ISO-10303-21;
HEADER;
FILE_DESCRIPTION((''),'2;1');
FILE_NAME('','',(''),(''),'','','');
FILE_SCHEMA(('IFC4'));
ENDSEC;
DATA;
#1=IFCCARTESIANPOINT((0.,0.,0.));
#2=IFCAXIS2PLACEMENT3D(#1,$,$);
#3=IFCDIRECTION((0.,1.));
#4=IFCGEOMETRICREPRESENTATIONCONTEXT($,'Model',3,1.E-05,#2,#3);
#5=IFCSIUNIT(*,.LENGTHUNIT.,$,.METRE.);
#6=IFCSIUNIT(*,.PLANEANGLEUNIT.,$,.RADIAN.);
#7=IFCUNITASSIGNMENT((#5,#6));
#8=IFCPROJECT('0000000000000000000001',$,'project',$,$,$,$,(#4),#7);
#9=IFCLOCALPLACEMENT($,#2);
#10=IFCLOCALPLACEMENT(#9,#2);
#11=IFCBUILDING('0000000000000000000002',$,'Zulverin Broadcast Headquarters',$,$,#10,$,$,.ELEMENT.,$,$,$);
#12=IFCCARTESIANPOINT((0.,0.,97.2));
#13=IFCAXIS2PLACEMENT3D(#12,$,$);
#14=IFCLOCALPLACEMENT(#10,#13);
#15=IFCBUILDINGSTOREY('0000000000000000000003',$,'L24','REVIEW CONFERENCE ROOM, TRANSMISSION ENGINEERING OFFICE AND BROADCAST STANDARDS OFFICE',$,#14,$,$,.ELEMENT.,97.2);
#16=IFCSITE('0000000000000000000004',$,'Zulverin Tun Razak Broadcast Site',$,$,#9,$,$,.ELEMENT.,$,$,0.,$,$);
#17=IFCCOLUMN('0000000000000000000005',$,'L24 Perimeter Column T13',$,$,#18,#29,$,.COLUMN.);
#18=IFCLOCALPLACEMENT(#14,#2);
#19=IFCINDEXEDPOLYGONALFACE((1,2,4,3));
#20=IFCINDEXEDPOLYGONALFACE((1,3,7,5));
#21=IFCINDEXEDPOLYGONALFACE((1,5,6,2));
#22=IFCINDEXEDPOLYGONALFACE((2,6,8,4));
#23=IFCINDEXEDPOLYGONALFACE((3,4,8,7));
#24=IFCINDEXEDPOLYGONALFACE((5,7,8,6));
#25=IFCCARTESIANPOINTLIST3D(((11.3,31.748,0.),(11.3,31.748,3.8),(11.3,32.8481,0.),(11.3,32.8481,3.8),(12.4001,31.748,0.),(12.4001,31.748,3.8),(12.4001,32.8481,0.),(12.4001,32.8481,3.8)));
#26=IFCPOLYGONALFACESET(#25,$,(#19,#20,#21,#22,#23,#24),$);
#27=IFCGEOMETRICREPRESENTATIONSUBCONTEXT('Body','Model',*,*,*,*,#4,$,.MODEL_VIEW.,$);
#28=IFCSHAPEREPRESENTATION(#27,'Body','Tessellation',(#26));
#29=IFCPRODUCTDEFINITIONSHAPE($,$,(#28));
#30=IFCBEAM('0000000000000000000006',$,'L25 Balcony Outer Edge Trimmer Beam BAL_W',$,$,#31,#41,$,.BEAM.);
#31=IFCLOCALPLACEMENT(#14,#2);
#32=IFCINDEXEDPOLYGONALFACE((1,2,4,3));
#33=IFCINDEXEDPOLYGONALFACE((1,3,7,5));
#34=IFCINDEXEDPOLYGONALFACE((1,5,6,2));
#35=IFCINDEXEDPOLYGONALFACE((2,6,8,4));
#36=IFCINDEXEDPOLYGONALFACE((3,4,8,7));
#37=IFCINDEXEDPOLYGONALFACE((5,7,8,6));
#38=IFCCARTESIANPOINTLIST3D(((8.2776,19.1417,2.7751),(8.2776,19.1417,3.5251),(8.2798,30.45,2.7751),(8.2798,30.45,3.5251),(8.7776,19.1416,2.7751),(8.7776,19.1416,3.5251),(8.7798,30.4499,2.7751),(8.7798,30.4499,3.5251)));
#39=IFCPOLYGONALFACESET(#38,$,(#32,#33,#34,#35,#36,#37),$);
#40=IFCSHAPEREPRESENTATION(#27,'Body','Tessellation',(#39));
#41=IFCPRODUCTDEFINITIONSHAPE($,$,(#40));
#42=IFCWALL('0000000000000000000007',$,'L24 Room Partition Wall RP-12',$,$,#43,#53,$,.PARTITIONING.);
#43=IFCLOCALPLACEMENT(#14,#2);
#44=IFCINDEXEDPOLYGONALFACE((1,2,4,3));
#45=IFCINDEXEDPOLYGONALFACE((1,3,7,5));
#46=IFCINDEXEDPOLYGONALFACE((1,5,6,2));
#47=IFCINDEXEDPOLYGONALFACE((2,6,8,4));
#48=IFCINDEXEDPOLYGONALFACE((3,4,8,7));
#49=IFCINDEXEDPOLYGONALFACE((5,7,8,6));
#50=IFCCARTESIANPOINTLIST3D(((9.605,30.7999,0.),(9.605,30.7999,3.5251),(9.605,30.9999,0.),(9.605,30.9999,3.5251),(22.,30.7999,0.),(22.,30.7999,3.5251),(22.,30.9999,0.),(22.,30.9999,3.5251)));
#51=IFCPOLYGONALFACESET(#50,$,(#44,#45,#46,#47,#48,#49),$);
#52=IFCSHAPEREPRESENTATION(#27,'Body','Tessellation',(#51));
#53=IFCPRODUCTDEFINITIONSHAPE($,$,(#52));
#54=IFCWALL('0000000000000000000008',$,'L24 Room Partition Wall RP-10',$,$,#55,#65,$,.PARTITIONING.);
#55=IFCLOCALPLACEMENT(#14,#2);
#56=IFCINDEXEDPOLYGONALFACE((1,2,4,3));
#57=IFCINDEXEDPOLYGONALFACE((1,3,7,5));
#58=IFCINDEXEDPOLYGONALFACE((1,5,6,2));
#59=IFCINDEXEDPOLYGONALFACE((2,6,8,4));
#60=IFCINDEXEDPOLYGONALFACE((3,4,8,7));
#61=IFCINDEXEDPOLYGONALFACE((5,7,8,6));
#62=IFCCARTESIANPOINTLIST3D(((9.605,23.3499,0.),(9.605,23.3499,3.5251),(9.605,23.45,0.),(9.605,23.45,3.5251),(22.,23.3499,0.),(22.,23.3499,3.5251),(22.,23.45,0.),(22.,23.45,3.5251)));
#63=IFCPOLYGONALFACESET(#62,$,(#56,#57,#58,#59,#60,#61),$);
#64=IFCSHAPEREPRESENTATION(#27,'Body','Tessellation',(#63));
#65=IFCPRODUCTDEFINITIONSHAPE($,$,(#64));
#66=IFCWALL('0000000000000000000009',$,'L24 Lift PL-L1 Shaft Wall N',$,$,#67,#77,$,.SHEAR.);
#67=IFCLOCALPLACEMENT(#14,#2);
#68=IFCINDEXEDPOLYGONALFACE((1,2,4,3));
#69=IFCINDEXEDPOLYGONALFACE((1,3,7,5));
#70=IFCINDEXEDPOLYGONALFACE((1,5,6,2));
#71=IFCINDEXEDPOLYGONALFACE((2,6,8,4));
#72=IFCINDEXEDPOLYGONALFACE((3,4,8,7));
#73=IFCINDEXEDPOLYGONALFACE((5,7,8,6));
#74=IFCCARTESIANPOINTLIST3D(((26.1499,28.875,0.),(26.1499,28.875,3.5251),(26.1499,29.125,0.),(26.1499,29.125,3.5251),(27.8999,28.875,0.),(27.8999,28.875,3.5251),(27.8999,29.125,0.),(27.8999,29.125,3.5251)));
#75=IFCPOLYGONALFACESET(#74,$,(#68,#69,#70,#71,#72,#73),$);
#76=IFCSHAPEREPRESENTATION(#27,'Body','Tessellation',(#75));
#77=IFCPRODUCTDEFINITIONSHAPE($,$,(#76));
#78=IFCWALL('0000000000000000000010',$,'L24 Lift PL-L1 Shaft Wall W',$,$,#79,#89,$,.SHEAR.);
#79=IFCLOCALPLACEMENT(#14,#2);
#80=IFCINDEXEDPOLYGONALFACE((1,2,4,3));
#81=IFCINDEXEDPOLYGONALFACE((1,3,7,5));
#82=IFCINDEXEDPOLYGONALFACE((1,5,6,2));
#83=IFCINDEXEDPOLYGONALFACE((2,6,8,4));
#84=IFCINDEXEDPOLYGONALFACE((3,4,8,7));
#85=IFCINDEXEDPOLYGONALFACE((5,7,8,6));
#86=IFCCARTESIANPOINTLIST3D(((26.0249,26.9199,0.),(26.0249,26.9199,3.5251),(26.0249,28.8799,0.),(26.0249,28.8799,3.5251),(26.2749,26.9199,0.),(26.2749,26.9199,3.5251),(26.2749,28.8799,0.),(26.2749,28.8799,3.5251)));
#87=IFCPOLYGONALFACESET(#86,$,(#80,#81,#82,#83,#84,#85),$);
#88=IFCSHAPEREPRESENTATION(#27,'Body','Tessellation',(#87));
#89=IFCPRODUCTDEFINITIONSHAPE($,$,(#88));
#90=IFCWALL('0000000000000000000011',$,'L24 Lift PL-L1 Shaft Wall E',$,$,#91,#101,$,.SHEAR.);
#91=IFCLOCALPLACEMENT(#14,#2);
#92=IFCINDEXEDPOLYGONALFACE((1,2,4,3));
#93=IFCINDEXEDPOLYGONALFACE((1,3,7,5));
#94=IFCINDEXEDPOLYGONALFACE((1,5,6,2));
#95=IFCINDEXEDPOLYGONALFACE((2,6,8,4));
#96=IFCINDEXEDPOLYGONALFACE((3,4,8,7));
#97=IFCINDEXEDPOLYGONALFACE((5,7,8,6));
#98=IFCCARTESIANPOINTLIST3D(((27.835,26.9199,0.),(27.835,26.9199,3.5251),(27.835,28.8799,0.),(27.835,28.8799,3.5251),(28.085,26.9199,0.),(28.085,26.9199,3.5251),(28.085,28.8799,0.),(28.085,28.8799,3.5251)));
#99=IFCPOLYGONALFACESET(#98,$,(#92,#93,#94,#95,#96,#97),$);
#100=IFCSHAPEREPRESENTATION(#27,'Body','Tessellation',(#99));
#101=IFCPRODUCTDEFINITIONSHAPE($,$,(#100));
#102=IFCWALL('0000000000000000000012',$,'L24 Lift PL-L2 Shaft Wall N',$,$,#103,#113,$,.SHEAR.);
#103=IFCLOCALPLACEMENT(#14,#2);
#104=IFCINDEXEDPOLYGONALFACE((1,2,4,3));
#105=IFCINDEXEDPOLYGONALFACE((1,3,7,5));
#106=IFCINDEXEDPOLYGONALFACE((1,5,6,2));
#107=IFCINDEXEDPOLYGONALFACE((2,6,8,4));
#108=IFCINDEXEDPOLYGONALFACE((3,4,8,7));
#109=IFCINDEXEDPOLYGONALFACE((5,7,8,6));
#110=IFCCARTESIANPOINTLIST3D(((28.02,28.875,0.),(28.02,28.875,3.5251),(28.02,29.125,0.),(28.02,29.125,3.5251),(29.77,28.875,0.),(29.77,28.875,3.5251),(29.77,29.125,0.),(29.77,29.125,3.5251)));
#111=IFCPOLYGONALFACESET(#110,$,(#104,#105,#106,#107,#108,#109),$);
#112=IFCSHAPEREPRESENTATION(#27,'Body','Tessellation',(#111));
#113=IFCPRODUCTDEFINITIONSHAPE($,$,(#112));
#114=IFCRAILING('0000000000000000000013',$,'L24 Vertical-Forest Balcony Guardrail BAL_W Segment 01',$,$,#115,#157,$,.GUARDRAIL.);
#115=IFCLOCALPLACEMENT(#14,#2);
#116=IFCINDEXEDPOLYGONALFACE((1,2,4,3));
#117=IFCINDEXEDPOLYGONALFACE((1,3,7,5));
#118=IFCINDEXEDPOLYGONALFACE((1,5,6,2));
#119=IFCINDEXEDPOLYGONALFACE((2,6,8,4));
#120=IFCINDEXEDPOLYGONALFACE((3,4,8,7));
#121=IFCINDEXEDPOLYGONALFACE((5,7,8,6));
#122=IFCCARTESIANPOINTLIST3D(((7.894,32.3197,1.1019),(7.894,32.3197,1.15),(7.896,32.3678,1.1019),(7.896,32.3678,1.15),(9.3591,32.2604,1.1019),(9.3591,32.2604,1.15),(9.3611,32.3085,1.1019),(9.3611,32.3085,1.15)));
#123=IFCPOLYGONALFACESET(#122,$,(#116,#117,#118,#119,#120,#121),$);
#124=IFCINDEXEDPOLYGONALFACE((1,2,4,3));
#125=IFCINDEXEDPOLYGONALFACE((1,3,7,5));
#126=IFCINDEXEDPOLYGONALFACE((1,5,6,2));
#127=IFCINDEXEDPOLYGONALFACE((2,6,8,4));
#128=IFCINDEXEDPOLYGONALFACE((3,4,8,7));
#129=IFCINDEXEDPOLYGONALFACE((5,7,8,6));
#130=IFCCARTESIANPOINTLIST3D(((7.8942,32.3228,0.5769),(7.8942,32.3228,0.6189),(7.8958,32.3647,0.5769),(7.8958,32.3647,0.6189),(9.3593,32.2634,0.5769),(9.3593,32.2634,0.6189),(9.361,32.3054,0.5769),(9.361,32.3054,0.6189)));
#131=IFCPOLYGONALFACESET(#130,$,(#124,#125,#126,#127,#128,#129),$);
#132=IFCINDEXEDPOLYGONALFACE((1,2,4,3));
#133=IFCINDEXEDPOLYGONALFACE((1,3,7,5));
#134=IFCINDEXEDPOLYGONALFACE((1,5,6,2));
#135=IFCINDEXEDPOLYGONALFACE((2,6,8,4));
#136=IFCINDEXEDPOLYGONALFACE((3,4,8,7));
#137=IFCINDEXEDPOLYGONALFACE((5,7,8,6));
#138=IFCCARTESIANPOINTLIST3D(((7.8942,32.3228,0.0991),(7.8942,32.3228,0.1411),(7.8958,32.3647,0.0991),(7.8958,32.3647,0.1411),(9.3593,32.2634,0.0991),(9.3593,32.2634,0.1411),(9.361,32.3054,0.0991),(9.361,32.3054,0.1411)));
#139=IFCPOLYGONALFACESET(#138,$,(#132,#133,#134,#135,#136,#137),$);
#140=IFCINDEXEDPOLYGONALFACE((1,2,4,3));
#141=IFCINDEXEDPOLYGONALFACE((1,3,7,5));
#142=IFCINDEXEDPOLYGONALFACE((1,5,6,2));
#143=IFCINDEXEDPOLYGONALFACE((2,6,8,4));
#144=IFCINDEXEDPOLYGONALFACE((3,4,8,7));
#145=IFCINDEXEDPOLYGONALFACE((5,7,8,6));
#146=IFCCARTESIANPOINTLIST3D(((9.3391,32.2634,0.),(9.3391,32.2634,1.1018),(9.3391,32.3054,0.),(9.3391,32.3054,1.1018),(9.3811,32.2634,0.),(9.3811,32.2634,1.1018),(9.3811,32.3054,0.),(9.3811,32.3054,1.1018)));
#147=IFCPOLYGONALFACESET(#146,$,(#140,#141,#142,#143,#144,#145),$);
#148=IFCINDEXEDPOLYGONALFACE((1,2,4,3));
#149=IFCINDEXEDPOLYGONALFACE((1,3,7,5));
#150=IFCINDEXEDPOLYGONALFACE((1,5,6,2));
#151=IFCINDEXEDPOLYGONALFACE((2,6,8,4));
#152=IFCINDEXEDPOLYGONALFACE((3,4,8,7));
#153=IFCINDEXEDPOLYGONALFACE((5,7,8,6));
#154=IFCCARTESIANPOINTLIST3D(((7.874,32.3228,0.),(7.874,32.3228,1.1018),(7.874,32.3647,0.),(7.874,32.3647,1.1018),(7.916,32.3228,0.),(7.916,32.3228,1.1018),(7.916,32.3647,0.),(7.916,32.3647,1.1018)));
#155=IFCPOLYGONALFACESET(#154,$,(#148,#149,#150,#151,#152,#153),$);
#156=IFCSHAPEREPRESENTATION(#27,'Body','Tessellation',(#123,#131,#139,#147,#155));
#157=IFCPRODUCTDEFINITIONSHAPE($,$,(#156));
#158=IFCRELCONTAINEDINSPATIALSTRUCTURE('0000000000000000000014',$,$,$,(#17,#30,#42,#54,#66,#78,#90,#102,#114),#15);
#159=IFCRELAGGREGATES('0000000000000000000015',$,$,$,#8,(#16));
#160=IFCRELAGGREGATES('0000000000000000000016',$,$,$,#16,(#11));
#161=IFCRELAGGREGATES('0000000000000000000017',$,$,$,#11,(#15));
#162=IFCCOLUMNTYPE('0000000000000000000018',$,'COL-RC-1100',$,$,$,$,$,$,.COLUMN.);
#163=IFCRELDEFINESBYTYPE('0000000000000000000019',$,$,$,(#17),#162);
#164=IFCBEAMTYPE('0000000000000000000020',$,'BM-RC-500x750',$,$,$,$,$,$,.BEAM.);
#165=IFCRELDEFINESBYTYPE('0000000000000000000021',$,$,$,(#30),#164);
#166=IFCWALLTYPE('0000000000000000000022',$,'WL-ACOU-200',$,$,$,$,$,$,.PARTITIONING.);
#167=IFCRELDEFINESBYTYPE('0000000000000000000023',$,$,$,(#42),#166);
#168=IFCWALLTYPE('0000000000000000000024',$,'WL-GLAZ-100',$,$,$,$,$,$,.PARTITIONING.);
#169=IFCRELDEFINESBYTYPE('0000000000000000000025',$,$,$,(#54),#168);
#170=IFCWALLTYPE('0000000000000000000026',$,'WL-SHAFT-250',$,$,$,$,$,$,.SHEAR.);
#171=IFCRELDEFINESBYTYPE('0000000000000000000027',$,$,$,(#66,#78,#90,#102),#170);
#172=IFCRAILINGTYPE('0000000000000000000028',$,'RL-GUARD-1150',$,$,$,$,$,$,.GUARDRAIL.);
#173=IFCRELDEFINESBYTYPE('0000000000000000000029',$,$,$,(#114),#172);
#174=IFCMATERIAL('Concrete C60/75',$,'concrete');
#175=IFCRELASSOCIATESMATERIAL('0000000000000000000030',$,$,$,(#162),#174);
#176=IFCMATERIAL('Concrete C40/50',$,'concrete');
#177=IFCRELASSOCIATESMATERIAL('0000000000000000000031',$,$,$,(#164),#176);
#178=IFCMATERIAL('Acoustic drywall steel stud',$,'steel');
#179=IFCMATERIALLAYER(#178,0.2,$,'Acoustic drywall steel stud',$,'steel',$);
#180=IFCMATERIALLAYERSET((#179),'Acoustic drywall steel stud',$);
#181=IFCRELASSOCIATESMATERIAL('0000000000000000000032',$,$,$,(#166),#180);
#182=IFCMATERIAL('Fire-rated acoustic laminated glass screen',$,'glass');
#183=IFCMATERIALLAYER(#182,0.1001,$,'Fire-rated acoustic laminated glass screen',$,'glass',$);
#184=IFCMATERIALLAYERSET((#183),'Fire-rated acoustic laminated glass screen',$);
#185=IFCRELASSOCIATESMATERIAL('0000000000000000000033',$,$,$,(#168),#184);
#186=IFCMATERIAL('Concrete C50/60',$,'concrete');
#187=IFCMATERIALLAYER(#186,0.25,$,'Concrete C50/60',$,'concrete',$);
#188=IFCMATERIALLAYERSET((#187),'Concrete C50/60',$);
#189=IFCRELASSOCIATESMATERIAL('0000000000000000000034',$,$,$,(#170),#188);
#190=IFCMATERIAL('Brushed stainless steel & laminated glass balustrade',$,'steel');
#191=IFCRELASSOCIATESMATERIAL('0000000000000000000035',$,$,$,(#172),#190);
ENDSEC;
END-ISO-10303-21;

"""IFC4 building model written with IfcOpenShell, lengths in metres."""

from ifc_helpers import new_model, si_unit, direction, frame, frame_2d, origin, origin_2d, place, context, subcontext, project, spatial, rectangle, extrude, material, layer, layer_set, material_profile, profile_set, type_object, element, save


model = new_model("IFC4")

# Units and contexts
model_context = context("Model", 3, precision=1e-05, world=origin(), true_north=direction((0.0, 1.0)))
body_context = subcontext(model_context, "Body", "Model", "MODEL_VIEW")
ifc_project = project(units=[si_unit("LENGTHUNIT", "METRE"), si_unit("PLANEANGLEUNIT", "RADIAN")], contexts=[model_context])

# Site, building, storey
site_placement = place(None, origin())
site = spatial("IfcSite", under=ifc_project, at=site_placement, Name="Zulverin Tun Razak Broadcast Site", CompositionType="ELEMENT", RefElevation=0.0)
building_placement = place(site_placement, origin())
building = spatial("IfcBuilding", under=site, at=building_placement, Name="Zulverin Broadcast Headquarters", CompositionType="ELEMENT")
storey_placement = place(building_placement, frame((0.0, 0.0, 97.2)))
storey = spatial("IfcBuildingStorey", under=building, at=storey_placement, Name="L24", Description="REVIEW CONFERENCE ROOM, TRANSMISSION ENGINEERING OFFICE AND BROADCAST STANDARDS OFFICE", CompositionType="ELEMENT", Elevation=97.2)

# Column
ifc_material_1 = material(Name="Concrete C60/75", Category="concrete")
ifc_material_profile_1 = material_profile(ifc_material_1, rectangle(XDim=1.1001, YDim=1.1001, at=origin_2d()), Name="Concrete C60/75", Category="concrete")
ifc_profile_set_1 = profile_set([ifc_material_profile_1], Name="Concrete C60/75")
column_type = type_object("IfcColumnType", Name="COL-RC-1100", PredefinedType="COLUMN", material=ifc_profile_set_1)
column_placement = place(storey_placement, frame((11.8501, 32.2981, 0.0), z_axis=(0.0, 0.0, 1.0), x_axis=(1.0, 0.0, 0.0)))
element("IfcColumn", 1, at=column_placement, inside=storey, type_object=column_type, Name="L24 Perimeter Column T13", PredefinedType="COLUMN", context=body_context, shape_type="SweptSolid", body=[
    extrude(rectangle(XDim=1.1001, YDim=1.1001, at=origin_2d()), origin(), (0.0, 0.0, 1.0), 3.8),
])

# Beam
ifc_material_2 = material(Name="Concrete C40/50", Category="concrete")
ifc_material_profile_2 = material_profile(ifc_material_2, rectangle(XDim=0.5, YDim=0.75, at=origin_2d()), Name="Concrete C40/50", Category="concrete")
ifc_profile_set_2 = profile_set([ifc_material_profile_2], Name="Concrete C40/50")
beam_type = type_object("IfcBeamType", Name="BM-RC-500x750", PredefinedType="BEAM", material=ifc_profile_set_2)
beam_placement = place(storey_placement, frame((8.5298, 30.45, 3.1501), z_axis=(-0.000194, -1.0, 0.0), x_axis=(1.0, -0.000194, 0.0)))
element("IfcBeam", 2, at=beam_placement, inside=storey, type_object=beam_type, Name="L25 Balcony Outer Edge Trimmer Beam BAL_W", PredefinedType="BEAM", context=body_context, shape_type="SweptSolid", body=[
    extrude(rectangle(XDim=0.5, YDim=0.75, at=origin_2d()), origin(), (0.0, 0.0, 1.0), 11.3083),
])

# Walls
ifc_material_3 = material(Name="Acoustic drywall steel stud", Category="steel")
ifc_layer_1 = layer(ifc_material_3, 0.2, Name="Acoustic drywall steel stud", Category="steel")
ifc_layer_set_1 = layer_set([ifc_layer_1], Name="Acoustic drywall steel stud")
wall_type_1 = type_object("IfcWallType", Name="WL-ACOU-200", PredefinedType="PARTITIONING", material=ifc_layer_set_1)
wall_1_placement = place(storey_placement, frame((9.605, 30.8999, 0.0), z_axis=(0.0, 0.0, 1.0), x_axis=(1.0, 0.0, 0.0)))
element("IfcWall", 3, at=wall_1_placement, inside=storey, type_object=wall_type_1, Name="L24 Room Partition Wall RP-12", PredefinedType="PARTITIONING", context=body_context, shape_type="SweptSolid", body=[
    extrude(rectangle(XDim=12.395, YDim=0.2, at=frame_2d((6.1975, 0.0))), origin(), (0.0, 0.0, 1.0), 3.5251),
])
ifc_material_4 = material(Name="Fire-rated acoustic laminated glass screen", Category="glass")
ifc_layer_2 = layer(ifc_material_4, 0.1001, Name="Fire-rated acoustic laminated glass screen", Category="glass")
ifc_layer_set_2 = layer_set([ifc_layer_2], Name="Fire-rated acoustic laminated glass screen")
wall_type_2 = type_object("IfcWallType", Name="WL-GLAZ-100", PredefinedType="PARTITIONING", material=ifc_layer_set_2)
wall_2_placement = place(storey_placement, frame((9.605, 23.3999, 0.0), z_axis=(0.0, 0.0, 1.0), x_axis=(1.0, 0.0, 0.0)))
element("IfcWall", 4, at=wall_2_placement, inside=storey, type_object=wall_type_2, Name="L24 Room Partition Wall RP-10", PredefinedType="PARTITIONING", context=body_context, shape_type="SweptSolid", body=[
    extrude(rectangle(XDim=12.395, YDim=0.1001, at=frame_2d((6.1975, 0.0))), origin(), (0.0, 0.0, 1.0), 3.5251),
])

# Shared definitions
ifc_material_5 = material(Name="Concrete C50/60", Category="concrete")
ifc_layer_3 = layer(ifc_material_5, 0.25, Name="Concrete C50/60", Category="concrete")
ifc_layer_set_3 = layer_set([ifc_layer_3], Name="Concrete C50/60")
wall_type_3 = type_object("IfcWallType", Name="WL-SHAFT-250", PredefinedType="SHEAR", material=ifc_layer_set_3)

# Walls
wall_3_placement = place(storey_placement, frame((26.1499, 29.0, 0.0), z_axis=(0.0, 0.0, 1.0), x_axis=(1.0, 0.0, 0.0)))
element("IfcWall", 5, at=wall_3_placement, inside=storey, type_object=wall_type_3, Name="L24 Lift PL-L1 Shaft Wall N", PredefinedType="SHEAR", context=body_context, shape_type="SweptSolid", body=[
    extrude(rectangle(XDim=1.75, YDim=0.25, at=frame_2d((0.875, 0.0))), origin(), (0.0, 0.0, 1.0), 3.5251),
])
for number, where, z_axis, x_axis, name in (
    (6, (26.1499, 26.9199, 0.0), (0.0, 0.0, 1.0), (0.0, 1.0, 0.0), "L24 Lift PL-L1 Shaft Wall W"),
    (7, (27.96, 26.9199, 0.0), (0.0, 0.0, 1.0), (0.0, 1.0, 0.0), "L24 Lift PL-L1 Shaft Wall E"),
):
    element("IfcWall", number, at=place(storey_placement, frame(where, z_axis=z_axis, x_axis=x_axis)), inside=storey, type_object=wall_type_3, Name=name, PredefinedType="SHEAR", context=body_context, shape_type="SweptSolid", body=[
        extrude(rectangle(XDim=1.96, YDim=0.25, at=frame_2d((0.98, 0.0))), origin(), (0.0, 0.0, 1.0), 3.5251),
    ])

# Wall
wall_4_placement = place(storey_placement, frame((28.02, 29.0, 0.0), z_axis=(0.0, 0.0, 1.0), x_axis=(1.0, 0.0, 0.0)))
element("IfcWall", 8, at=wall_4_placement, inside=storey, type_object=wall_type_3, Name="L24 Lift PL-L2 Shaft Wall N", PredefinedType="SHEAR", context=body_context, shape_type="SweptSolid", body=[
    extrude(rectangle(XDim=1.75, YDim=0.25, at=frame_2d((0.875, 0.0))), origin(), (0.0, 0.0, 1.0), 3.5251),
])

# Railing
ifc_material_6 = material(Name="Brushed stainless steel & laminated glass balustrade", Category="steel")
railing_type = type_object("IfcRailingType", Name="RL-GUARD-1150", PredefinedType="GUARDRAIL", material=ifc_material_6)
railing_1_placement = place(storey_placement, frame((9.3601, 32.2844, 0.0)))
element("IfcRailing", 9, at=railing_1_placement, inside=storey, type_object=railing_type, Name="L24 Vertical-Forest Balcony Guardrail BAL_W Segment 01", PredefinedType="GUARDRAIL", context=body_context, shape_type="SweptSolid", body=[
    extrude(rectangle(XDim=0.0481, YDim=0.0481, at=origin_2d()), frame((0.0, 0.0, 1.126), z_axis=(-0.999181, 0.04046, 0.0), x_axis=(-0.04046, -0.999181, 0.0)), (0.0, 0.0, 1.0), 1.4663),
    extrude(rectangle(XDim=0.042, YDim=0.042, at=origin_2d()), frame((0.0, 0.0, 0.5979), z_axis=(-0.999181, 0.04046, 0.0), x_axis=(-0.04046, -0.999181, 0.0)), (0.0, 0.0, 1.0), 1.4663),
    extrude(rectangle(XDim=0.042, YDim=0.042, at=origin_2d()), frame((0.0, 0.0, 0.1201), z_axis=(-0.999181, 0.04046, 0.0), x_axis=(-0.04046, -0.999181, 0.0)), (0.0, 0.0, 1.0), 1.4663),
    extrude(rectangle(XDim=0.042, YDim=0.042, at=origin_2d()), origin(), (0.0, 0.0, 1.0), 1.1018),
    extrude(rectangle(XDim=0.042, YDim=0.042, at=origin_2d()), frame((-1.4651, 0.0593, 0.0)), (0.0, 0.0, 1.0), 1.1018),
])

save(model, "model.ifc")
